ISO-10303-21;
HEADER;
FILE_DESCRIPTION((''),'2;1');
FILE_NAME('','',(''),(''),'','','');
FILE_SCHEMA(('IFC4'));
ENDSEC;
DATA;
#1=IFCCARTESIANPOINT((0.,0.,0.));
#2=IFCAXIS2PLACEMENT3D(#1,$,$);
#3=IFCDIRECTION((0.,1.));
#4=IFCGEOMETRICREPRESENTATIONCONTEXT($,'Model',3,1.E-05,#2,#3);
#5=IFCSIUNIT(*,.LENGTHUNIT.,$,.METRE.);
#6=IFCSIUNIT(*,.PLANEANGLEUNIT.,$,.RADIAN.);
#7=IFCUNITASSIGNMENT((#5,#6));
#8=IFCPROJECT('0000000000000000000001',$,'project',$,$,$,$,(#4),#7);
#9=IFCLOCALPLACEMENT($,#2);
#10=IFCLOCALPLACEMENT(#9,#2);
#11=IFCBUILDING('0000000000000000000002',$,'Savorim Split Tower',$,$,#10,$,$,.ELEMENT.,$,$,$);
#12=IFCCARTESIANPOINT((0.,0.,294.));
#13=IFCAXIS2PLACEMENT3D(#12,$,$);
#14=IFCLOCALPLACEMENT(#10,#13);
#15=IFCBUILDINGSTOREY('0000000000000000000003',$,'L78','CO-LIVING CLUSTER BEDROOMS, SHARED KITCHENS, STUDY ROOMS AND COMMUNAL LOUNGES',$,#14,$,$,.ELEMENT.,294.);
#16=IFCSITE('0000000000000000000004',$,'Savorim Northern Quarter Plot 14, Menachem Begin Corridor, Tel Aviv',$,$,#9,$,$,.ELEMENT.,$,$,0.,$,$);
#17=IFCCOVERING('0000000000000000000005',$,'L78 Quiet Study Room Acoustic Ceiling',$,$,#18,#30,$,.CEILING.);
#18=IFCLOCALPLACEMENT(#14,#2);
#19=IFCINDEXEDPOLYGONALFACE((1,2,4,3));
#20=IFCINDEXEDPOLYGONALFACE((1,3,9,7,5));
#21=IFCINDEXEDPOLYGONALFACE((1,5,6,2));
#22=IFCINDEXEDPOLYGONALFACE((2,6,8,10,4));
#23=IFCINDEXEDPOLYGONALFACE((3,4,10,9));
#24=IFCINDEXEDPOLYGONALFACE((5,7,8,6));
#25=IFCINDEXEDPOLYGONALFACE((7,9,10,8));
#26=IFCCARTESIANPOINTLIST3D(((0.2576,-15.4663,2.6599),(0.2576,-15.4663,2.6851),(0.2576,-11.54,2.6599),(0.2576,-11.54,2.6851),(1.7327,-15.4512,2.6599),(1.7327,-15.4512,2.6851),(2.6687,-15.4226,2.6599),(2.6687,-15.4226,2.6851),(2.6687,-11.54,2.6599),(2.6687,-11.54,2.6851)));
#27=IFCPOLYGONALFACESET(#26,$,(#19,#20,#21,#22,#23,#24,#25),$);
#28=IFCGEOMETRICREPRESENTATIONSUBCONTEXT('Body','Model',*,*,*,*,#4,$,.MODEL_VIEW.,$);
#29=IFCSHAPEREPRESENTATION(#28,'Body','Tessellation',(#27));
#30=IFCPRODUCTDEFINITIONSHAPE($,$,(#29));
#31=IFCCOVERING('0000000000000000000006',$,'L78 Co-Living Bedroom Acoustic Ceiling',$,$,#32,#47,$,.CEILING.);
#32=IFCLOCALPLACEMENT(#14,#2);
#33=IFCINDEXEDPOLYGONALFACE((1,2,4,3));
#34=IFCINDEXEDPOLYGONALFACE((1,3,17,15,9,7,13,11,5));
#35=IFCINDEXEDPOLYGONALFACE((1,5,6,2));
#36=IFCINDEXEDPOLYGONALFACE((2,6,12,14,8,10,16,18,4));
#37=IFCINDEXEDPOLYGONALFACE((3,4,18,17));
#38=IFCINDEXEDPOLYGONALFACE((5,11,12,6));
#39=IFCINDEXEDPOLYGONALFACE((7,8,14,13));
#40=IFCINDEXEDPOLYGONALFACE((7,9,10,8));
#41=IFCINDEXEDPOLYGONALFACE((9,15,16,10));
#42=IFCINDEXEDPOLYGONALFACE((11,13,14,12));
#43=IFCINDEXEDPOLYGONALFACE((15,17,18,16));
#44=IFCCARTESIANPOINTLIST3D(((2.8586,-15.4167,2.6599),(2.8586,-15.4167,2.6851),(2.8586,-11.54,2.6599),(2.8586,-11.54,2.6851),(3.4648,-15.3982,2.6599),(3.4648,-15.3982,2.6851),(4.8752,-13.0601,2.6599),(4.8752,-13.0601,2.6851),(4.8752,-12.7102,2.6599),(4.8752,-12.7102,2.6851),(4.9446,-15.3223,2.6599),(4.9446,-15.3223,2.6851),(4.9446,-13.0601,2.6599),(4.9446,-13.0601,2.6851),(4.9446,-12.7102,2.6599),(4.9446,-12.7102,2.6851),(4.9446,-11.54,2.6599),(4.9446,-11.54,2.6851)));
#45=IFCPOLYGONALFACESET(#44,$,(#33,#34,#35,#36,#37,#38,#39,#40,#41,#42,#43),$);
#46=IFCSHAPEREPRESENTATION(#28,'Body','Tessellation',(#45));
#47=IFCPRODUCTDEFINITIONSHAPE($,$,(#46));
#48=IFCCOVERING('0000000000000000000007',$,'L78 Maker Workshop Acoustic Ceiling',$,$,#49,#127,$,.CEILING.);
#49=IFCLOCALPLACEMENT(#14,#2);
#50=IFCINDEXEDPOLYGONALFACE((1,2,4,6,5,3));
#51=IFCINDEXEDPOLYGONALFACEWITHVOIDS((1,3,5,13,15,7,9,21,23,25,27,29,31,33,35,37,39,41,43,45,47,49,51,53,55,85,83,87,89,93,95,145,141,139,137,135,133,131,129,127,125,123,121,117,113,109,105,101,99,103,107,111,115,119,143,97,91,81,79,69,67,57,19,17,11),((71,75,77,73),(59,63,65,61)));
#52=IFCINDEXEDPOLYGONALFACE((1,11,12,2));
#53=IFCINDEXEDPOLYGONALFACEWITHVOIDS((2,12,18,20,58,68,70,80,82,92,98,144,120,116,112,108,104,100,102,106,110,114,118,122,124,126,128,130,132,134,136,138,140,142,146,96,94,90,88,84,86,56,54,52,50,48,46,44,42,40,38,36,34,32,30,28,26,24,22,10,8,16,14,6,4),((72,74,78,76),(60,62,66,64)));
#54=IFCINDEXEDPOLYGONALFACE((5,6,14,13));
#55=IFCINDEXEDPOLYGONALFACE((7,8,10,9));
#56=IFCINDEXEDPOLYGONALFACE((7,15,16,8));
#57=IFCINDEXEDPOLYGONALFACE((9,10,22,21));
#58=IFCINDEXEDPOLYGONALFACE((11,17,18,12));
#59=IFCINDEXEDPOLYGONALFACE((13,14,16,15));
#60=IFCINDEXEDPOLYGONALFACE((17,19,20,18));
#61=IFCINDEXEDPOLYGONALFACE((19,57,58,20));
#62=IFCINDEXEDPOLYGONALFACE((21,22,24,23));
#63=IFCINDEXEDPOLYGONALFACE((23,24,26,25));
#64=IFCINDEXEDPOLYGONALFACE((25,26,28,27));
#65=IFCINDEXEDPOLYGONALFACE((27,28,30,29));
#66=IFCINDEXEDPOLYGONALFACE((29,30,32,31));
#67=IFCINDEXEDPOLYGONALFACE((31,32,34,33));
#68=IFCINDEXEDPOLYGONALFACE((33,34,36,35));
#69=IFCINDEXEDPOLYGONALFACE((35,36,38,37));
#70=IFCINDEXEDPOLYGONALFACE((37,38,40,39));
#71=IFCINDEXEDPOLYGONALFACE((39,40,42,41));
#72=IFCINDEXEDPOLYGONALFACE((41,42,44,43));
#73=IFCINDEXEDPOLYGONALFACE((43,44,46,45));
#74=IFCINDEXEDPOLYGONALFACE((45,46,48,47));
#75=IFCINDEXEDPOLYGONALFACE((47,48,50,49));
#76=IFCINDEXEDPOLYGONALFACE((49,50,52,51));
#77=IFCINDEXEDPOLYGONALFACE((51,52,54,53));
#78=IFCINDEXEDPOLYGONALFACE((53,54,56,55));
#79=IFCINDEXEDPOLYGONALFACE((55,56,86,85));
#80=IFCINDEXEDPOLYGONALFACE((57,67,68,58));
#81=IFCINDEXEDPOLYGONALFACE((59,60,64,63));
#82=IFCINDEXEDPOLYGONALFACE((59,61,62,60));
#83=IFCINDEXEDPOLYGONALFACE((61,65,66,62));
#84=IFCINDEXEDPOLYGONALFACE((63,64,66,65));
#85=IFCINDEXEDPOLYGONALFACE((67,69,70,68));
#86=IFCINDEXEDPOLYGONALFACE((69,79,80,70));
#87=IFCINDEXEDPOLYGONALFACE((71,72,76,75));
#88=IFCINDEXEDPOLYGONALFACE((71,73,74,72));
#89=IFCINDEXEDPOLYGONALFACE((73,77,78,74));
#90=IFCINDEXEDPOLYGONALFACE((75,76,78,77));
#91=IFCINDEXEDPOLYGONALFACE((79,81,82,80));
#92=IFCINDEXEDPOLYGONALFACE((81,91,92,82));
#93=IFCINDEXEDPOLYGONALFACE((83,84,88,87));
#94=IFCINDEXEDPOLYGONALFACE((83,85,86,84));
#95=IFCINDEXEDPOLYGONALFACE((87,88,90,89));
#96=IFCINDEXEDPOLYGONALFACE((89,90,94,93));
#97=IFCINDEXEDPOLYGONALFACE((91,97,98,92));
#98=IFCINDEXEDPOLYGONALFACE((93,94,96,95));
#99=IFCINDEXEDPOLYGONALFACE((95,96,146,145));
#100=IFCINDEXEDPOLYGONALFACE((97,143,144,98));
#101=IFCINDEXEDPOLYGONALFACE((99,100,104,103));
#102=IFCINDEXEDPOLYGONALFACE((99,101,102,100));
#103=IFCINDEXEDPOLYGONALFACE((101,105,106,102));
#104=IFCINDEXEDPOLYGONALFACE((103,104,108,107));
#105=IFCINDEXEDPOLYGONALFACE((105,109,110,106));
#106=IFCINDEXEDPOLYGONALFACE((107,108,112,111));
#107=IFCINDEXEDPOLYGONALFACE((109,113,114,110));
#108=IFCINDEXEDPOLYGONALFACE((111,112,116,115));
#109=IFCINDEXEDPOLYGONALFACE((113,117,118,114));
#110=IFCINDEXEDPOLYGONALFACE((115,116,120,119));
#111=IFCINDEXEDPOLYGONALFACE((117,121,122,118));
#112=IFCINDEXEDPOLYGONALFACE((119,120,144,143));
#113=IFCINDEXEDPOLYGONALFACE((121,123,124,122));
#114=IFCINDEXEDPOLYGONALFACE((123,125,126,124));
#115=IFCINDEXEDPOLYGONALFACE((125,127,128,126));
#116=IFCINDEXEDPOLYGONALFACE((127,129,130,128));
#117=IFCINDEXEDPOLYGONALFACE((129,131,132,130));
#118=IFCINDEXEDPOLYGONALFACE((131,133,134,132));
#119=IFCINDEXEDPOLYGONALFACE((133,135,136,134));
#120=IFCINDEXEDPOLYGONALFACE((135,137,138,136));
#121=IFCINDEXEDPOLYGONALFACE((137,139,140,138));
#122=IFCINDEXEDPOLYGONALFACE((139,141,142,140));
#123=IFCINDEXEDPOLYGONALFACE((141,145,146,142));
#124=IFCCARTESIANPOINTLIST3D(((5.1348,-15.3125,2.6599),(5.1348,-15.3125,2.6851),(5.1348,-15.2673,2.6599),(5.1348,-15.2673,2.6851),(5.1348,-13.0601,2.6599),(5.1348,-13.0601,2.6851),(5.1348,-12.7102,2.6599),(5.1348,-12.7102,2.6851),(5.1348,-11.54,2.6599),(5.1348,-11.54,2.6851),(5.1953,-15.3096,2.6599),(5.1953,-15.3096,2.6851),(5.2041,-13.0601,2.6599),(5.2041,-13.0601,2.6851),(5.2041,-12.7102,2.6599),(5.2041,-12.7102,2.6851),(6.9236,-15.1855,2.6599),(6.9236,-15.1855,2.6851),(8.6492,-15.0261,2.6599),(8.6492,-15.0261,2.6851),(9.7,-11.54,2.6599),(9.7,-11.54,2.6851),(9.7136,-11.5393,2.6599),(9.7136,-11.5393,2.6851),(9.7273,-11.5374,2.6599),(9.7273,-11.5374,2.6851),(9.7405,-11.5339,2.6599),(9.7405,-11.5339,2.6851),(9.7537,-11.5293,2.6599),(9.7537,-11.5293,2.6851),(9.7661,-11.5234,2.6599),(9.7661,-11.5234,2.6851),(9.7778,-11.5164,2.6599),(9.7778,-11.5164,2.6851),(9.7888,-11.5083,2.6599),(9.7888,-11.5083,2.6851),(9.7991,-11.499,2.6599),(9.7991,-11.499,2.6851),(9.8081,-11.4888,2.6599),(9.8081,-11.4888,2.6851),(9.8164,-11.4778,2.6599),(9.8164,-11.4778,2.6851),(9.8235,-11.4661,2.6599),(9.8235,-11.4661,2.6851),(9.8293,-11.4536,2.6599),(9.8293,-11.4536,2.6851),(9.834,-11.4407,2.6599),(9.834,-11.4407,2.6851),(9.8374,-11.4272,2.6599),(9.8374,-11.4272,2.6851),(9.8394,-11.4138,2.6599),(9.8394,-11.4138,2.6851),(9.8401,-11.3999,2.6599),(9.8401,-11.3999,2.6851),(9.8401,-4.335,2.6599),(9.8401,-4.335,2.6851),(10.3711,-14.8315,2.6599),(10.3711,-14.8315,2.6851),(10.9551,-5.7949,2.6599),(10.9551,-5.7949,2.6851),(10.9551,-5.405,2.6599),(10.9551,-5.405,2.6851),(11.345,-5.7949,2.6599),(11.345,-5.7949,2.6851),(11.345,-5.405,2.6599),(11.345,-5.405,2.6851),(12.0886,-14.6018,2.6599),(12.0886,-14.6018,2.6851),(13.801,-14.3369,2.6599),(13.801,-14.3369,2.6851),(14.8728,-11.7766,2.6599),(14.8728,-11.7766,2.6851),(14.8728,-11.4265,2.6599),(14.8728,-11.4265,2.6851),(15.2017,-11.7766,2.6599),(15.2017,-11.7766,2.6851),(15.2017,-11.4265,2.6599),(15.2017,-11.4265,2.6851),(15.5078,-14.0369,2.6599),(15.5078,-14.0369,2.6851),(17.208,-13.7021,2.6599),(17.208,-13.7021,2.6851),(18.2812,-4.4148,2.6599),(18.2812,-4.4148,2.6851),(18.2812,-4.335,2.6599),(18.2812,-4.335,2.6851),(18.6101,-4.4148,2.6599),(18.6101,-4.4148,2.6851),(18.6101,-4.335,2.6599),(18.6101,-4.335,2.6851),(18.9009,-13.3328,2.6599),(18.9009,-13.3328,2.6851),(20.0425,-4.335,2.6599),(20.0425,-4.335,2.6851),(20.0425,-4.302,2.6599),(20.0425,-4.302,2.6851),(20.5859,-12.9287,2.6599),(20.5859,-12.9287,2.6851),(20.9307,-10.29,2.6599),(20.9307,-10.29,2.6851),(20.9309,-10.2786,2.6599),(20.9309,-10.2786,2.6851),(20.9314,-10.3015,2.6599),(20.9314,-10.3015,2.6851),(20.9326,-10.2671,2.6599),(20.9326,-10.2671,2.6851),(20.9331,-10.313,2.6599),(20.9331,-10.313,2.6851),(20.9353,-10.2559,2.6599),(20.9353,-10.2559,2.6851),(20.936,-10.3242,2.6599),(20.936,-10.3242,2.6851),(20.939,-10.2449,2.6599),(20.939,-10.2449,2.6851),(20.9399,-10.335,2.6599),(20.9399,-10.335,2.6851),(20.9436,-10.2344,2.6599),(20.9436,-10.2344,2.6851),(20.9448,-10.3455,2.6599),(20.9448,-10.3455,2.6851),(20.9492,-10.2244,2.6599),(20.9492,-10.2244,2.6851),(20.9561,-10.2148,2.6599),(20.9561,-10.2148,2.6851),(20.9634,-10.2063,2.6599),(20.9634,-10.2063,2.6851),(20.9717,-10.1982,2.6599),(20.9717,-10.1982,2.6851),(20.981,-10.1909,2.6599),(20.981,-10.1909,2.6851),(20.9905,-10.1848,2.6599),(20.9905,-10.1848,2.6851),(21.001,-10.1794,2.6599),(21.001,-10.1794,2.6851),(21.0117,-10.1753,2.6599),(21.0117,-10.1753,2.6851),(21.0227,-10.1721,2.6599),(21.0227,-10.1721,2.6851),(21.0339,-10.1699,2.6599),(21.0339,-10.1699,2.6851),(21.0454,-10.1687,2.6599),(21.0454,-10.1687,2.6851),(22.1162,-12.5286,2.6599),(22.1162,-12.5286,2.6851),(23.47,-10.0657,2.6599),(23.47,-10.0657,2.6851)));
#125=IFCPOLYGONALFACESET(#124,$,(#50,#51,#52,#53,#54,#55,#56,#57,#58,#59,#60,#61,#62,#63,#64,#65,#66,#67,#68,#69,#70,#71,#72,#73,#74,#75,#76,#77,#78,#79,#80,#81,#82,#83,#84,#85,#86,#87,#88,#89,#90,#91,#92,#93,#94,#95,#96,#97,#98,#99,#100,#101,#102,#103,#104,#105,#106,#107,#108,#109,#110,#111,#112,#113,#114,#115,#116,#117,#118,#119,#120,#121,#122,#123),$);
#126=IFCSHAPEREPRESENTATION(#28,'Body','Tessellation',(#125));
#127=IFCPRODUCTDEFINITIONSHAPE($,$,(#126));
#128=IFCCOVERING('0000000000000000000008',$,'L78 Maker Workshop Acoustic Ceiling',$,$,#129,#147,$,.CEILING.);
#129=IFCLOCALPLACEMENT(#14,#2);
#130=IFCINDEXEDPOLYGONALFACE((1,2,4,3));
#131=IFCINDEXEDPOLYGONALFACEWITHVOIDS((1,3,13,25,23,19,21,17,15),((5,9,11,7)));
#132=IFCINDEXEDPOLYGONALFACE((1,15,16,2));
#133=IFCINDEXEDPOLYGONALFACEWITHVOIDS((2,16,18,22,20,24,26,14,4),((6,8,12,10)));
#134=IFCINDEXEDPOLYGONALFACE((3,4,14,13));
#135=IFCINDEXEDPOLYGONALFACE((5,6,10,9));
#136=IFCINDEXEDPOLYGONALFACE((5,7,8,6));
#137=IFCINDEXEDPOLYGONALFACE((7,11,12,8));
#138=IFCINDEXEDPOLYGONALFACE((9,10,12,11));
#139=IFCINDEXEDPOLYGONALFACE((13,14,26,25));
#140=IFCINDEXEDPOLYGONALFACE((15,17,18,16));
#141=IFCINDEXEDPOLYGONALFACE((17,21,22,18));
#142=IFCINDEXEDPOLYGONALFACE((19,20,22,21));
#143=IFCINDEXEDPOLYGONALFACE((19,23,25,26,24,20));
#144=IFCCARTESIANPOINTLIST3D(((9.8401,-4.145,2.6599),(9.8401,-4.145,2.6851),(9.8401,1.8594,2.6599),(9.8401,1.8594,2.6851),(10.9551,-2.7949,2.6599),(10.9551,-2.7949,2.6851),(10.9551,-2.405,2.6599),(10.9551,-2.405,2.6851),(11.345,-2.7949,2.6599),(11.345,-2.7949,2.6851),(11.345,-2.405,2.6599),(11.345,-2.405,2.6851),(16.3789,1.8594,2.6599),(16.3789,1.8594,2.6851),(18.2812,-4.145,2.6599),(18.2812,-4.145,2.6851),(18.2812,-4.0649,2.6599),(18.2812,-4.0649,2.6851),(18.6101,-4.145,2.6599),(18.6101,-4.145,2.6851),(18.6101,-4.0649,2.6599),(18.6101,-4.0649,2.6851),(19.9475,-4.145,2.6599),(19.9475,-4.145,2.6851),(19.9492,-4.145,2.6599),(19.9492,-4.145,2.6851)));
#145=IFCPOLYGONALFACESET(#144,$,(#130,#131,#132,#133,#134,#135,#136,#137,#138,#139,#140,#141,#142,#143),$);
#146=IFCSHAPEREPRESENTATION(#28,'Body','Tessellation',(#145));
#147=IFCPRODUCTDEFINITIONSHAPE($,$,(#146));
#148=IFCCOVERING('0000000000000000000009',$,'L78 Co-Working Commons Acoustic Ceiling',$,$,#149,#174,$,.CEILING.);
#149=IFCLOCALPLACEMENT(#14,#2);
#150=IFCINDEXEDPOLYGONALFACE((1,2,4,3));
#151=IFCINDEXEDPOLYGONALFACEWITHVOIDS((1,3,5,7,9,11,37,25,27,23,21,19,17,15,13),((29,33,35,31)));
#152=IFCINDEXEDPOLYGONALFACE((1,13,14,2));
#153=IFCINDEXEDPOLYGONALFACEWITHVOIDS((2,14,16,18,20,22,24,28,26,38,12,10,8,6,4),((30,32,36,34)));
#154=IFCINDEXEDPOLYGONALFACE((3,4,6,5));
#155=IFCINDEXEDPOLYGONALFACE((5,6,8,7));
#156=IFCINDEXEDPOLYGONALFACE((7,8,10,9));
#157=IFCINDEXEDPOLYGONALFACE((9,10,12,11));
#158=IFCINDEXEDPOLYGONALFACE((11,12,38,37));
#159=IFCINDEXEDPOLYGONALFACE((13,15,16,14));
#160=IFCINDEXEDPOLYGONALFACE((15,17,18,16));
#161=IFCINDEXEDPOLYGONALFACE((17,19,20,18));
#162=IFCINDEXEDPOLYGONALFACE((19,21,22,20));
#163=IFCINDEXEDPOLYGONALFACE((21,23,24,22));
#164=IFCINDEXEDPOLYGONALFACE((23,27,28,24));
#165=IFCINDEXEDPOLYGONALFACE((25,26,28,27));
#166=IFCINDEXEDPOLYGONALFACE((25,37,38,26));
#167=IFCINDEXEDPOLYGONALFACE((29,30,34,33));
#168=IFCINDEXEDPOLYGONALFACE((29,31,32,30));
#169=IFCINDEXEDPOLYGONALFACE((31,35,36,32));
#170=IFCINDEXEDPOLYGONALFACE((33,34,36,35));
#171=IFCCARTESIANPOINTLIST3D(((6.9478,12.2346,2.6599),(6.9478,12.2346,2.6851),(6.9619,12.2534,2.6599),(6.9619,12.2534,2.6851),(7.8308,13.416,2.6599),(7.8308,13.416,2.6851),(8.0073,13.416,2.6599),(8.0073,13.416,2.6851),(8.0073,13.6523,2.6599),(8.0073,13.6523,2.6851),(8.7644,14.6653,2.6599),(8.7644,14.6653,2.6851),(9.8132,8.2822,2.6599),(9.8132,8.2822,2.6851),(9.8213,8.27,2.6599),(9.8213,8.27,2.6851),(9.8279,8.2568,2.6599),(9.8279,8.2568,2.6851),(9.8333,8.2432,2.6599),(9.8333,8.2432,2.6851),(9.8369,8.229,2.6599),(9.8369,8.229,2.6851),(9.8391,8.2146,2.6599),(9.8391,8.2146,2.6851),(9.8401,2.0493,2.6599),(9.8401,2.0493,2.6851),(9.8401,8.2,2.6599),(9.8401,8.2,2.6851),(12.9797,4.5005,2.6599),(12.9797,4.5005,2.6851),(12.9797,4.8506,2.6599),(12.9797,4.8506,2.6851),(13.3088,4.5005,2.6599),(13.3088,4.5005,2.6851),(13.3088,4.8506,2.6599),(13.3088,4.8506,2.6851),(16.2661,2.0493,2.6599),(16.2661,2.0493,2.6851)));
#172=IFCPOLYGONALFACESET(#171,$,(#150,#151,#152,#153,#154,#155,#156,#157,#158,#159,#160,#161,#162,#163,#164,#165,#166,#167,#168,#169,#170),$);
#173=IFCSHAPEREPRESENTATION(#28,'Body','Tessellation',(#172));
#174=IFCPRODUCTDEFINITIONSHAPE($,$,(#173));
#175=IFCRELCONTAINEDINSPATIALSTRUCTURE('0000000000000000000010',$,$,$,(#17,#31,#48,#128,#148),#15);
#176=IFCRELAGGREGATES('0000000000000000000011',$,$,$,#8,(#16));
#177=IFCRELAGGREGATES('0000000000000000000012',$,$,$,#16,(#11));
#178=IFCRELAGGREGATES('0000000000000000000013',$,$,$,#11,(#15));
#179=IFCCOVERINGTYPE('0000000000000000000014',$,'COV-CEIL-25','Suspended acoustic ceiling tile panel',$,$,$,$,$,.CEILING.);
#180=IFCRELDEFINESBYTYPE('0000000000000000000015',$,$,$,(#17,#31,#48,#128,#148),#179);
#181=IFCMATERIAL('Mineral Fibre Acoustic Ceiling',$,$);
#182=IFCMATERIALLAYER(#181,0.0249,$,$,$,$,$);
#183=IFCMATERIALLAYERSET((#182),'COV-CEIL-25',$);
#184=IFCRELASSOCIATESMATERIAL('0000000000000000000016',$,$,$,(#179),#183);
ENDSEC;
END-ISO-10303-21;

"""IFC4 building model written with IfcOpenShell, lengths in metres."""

from ifc_helpers import new_model, si_unit, direction, frame, origin, place, context, subcontext, project, spatial, polyline, outline, extrude, material, layer, layer_set, type_object, element, save


model = new_model("IFC4")

# Units and contexts
model_context = context("Model", 3, precision=1e-05, world=origin(), true_north=direction((0.0, 1.0)))
body_context = subcontext(model_context, "Body", "Model", "MODEL_VIEW")
ifc_project = project(units=[si_unit("LENGTHUNIT", "METRE"), si_unit("PLANEANGLEUNIT", "RADIAN")], contexts=[model_context])

# Site, building, storey
site_placement = place(None, origin())
site = spatial("IfcSite", under=ifc_project, at=site_placement, Name="Savorim Northern Quarter Plot 14, Menachem Begin Corridor, Tel Aviv", CompositionType="ELEMENT", RefElevation=0.0)
building_placement = place(site_placement, origin())
building = spatial("IfcBuilding", under=site, at=building_placement, Name="Savorim Split Tower", CompositionType="ELEMENT")
storey_placement = place(building_placement, frame((0.0, 0.0, 294.0)))
storey = spatial("IfcBuildingStorey", under=building, at=storey_placement, Name="L78", Description="CO-LIVING CLUSTER BEDROOMS, SHARED KITCHENS, STUDY ROOMS AND COMMUNAL LOUNGES", CompositionType="ELEMENT", Elevation=294.0)

# Coverings
ifc_material_1 = material(Name="Mineral Fibre Acoustic Ceiling")
ifc_layer_1 = layer(ifc_material_1, 0.0249)
ifc_layer_set_1 = layer_set([ifc_layer_1], Name="COV-CEIL-25")
covering_type_1 = type_object("IfcCoveringType", Name="COV-CEIL-25", Description="Suspended acoustic ceiling tile panel", PredefinedType="CEILING", material=ifc_layer_set_1)
covering_1_placement = place(storey_placement, frame((0.0, 0.0, 2.6599)))
element("IfcCovering", 1, at=covering_1_placement, inside=storey, type_object=covering_type_1, Name="L78 Quiet Study Room Acoustic Ceiling", PredefinedType="CEILING", context=body_context, shape_type="SweptSolid", body=[
    extrude(outline(polyline([(0.2576, -11.54), (0.2576, -15.4663), (1.7327, -15.4512), (2.6687, -15.4226), (2.6687, -11.54), (0.2576, -11.54)])), origin(), (0.0, 0.0, 1.0), 0.0251),
])
covering_2_placement = place(storey_placement, frame((0.0, 0.0, 2.6599)))
element("IfcCovering", 2, at=covering_2_placement, inside=storey, type_object=covering_type_1, Name="L78 Co-Living Bedroom Acoustic Ceiling", PredefinedType="CEILING", context=body_context, shape_type="SweptSolid", body=[
    extrude(outline(polyline([(4.9446, -11.54), (2.8586, -11.54), (2.8586, -15.4167), (3.4648, -15.3982), (4.9446, -15.3223), (4.9446, -13.0601), (4.8752, -13.0601), (4.8752, -12.7102), (4.9446, -12.7102), (4.9446, -11.54)])), origin(), (0.0, 0.0, 1.0), 0.0251),
])
covering_3_placement = place(storey_placement, frame((0.0, 0.0, 2.6599)))
element("IfcCovering", 3, at=covering_3_placement, inside=storey, type_object=covering_type_1, Name="L78 Maker Workshop Acoustic Ceiling", PredefinedType="CEILING", context=body_context, shape_type="SweptSolid", body=[
    extrude(outline(polyline([(21.0227, -10.1721), (21.0339, -10.1699), (21.0454, -10.1687), (23.47, -10.0657), (20.0425, -4.302), (20.0425, -4.335), (18.6101, -4.335), (18.6101, -4.4148), (18.2812, -4.4148), (18.2812, -4.335), (9.8401, -4.335), (9.8401, -11.3999), (9.8394, -11.4138), (9.8374, -11.4272), (9.834, -11.4407), (9.8293, -11.4536), (9.8235, -11.4661), (9.8164, -11.4778), (9.8081, -11.4888), (9.7991, -11.499), (9.7888, -11.5083), (9.7778, -11.5164), (9.7661, -11.5234), (9.7537, -11.5293), (9.7405, -11.5339), (9.7273, -11.5374), (9.7136, -11.5393), (9.7, -11.54), (5.1348, -11.54), (5.1348, -12.7102), (5.2041, -12.7102), (5.2041, -13.0601), (5.1348, -13.0601), (5.1348, -15.2673), (5.1348, -15.3125), (5.1953, -15.3096), (6.9236, -15.1855), (8.6492, -15.0261), (10.3711, -14.8315), (12.0886, -14.6018), (13.801, -14.3369), (15.5078, -14.0369), (17.208, -13.7021), (18.9009, -13.3328), (20.5859, -12.9287), (22.1162, -12.5286), (20.9448, -10.3455), (20.9399, -10.335), (20.936, -10.3242), (20.9331, -10.313), (20.9314, -10.3015), (20.9307, -10.29), (20.9309, -10.2786), (20.9326, -10.2671), (20.9353, -10.2559), (20.939, -10.2449), (20.9436, -10.2344), (20.9492, -10.2244), (20.9561, -10.2148), (20.9634, -10.2063), (20.9717, -10.1982), (20.981, -10.1909), (20.9905, -10.1848), (21.001, -10.1794), (21.0117, -10.1753), (21.0227, -10.1721)]), holes=[polyline([(14.8728, -11.4265), (14.8728, -11.7766), (15.2017, -11.7766), (15.2017, -11.4265), (14.8728, -11.4265)]), polyline([(11.345, -5.405), (10.9551, -5.405), (10.9551, -5.7949), (11.345, -5.7949), (11.345, -5.405)])]), origin(), (0.0, 0.0, 1.0), 0.0251),
])
covering_4_placement = place(storey_placement, frame((0.0, 0.0, 2.6599)))
element("IfcCovering", 4, at=covering_4_placement, inside=storey, type_object=covering_type_1, Name="L78 Maker Workshop Acoustic Ceiling", PredefinedType="CEILING", context=body_context, shape_type="SweptSolid", body=[
    extrude(outline(polyline([(18.6101, -4.0649), (18.6101, -4.145), (19.9475, -4.145), (19.9492, -4.145), (16.3789, 1.8594), (9.8401, 1.8594), (9.8401, -4.145), (18.2812, -4.145), (18.2812, -4.0649), (18.6101, -4.0649)]), holes=[polyline([(10.9551, -2.405), (10.9551, -2.7949), (11.345, -2.7949), (11.345, -2.405), (10.9551, -2.405)])]), origin(), (0.0, 0.0, 1.0), 0.0251),
])
covering_5_placement = place(storey_placement, frame((0.0, 0.0, 2.6599)))
element("IfcCovering", 5, at=covering_5_placement, inside=storey, type_object=covering_type_1, Name="L78 Co-Working Commons Acoustic Ceiling", PredefinedType="CEILING", context=body_context, shape_type="SweptSolid", body=[
    extrude(outline(polyline([(9.8369, 8.229), (9.8391, 8.2146), (9.8401, 8.2), (9.8401, 2.0493), (16.2661, 2.0493), (8.7644, 14.6653), (8.0073, 13.6523), (8.0073, 13.416), (7.8308, 13.416), (6.9619, 12.2534), (6.9478, 12.2346), (9.8132, 8.2822), (9.8213, 8.27), (9.8279, 8.2568), (9.8333, 8.2432), (9.8369, 8.229)]), holes=[polyline([(12.9797, 4.8506), (12.9797, 4.5005), (13.3088, 4.5005), (13.3088, 4.8506), (12.9797, 4.8506)])]), origin(), (0.0, 0.0, 1.0), 0.0251),
])

save(model, "model.ifc")
